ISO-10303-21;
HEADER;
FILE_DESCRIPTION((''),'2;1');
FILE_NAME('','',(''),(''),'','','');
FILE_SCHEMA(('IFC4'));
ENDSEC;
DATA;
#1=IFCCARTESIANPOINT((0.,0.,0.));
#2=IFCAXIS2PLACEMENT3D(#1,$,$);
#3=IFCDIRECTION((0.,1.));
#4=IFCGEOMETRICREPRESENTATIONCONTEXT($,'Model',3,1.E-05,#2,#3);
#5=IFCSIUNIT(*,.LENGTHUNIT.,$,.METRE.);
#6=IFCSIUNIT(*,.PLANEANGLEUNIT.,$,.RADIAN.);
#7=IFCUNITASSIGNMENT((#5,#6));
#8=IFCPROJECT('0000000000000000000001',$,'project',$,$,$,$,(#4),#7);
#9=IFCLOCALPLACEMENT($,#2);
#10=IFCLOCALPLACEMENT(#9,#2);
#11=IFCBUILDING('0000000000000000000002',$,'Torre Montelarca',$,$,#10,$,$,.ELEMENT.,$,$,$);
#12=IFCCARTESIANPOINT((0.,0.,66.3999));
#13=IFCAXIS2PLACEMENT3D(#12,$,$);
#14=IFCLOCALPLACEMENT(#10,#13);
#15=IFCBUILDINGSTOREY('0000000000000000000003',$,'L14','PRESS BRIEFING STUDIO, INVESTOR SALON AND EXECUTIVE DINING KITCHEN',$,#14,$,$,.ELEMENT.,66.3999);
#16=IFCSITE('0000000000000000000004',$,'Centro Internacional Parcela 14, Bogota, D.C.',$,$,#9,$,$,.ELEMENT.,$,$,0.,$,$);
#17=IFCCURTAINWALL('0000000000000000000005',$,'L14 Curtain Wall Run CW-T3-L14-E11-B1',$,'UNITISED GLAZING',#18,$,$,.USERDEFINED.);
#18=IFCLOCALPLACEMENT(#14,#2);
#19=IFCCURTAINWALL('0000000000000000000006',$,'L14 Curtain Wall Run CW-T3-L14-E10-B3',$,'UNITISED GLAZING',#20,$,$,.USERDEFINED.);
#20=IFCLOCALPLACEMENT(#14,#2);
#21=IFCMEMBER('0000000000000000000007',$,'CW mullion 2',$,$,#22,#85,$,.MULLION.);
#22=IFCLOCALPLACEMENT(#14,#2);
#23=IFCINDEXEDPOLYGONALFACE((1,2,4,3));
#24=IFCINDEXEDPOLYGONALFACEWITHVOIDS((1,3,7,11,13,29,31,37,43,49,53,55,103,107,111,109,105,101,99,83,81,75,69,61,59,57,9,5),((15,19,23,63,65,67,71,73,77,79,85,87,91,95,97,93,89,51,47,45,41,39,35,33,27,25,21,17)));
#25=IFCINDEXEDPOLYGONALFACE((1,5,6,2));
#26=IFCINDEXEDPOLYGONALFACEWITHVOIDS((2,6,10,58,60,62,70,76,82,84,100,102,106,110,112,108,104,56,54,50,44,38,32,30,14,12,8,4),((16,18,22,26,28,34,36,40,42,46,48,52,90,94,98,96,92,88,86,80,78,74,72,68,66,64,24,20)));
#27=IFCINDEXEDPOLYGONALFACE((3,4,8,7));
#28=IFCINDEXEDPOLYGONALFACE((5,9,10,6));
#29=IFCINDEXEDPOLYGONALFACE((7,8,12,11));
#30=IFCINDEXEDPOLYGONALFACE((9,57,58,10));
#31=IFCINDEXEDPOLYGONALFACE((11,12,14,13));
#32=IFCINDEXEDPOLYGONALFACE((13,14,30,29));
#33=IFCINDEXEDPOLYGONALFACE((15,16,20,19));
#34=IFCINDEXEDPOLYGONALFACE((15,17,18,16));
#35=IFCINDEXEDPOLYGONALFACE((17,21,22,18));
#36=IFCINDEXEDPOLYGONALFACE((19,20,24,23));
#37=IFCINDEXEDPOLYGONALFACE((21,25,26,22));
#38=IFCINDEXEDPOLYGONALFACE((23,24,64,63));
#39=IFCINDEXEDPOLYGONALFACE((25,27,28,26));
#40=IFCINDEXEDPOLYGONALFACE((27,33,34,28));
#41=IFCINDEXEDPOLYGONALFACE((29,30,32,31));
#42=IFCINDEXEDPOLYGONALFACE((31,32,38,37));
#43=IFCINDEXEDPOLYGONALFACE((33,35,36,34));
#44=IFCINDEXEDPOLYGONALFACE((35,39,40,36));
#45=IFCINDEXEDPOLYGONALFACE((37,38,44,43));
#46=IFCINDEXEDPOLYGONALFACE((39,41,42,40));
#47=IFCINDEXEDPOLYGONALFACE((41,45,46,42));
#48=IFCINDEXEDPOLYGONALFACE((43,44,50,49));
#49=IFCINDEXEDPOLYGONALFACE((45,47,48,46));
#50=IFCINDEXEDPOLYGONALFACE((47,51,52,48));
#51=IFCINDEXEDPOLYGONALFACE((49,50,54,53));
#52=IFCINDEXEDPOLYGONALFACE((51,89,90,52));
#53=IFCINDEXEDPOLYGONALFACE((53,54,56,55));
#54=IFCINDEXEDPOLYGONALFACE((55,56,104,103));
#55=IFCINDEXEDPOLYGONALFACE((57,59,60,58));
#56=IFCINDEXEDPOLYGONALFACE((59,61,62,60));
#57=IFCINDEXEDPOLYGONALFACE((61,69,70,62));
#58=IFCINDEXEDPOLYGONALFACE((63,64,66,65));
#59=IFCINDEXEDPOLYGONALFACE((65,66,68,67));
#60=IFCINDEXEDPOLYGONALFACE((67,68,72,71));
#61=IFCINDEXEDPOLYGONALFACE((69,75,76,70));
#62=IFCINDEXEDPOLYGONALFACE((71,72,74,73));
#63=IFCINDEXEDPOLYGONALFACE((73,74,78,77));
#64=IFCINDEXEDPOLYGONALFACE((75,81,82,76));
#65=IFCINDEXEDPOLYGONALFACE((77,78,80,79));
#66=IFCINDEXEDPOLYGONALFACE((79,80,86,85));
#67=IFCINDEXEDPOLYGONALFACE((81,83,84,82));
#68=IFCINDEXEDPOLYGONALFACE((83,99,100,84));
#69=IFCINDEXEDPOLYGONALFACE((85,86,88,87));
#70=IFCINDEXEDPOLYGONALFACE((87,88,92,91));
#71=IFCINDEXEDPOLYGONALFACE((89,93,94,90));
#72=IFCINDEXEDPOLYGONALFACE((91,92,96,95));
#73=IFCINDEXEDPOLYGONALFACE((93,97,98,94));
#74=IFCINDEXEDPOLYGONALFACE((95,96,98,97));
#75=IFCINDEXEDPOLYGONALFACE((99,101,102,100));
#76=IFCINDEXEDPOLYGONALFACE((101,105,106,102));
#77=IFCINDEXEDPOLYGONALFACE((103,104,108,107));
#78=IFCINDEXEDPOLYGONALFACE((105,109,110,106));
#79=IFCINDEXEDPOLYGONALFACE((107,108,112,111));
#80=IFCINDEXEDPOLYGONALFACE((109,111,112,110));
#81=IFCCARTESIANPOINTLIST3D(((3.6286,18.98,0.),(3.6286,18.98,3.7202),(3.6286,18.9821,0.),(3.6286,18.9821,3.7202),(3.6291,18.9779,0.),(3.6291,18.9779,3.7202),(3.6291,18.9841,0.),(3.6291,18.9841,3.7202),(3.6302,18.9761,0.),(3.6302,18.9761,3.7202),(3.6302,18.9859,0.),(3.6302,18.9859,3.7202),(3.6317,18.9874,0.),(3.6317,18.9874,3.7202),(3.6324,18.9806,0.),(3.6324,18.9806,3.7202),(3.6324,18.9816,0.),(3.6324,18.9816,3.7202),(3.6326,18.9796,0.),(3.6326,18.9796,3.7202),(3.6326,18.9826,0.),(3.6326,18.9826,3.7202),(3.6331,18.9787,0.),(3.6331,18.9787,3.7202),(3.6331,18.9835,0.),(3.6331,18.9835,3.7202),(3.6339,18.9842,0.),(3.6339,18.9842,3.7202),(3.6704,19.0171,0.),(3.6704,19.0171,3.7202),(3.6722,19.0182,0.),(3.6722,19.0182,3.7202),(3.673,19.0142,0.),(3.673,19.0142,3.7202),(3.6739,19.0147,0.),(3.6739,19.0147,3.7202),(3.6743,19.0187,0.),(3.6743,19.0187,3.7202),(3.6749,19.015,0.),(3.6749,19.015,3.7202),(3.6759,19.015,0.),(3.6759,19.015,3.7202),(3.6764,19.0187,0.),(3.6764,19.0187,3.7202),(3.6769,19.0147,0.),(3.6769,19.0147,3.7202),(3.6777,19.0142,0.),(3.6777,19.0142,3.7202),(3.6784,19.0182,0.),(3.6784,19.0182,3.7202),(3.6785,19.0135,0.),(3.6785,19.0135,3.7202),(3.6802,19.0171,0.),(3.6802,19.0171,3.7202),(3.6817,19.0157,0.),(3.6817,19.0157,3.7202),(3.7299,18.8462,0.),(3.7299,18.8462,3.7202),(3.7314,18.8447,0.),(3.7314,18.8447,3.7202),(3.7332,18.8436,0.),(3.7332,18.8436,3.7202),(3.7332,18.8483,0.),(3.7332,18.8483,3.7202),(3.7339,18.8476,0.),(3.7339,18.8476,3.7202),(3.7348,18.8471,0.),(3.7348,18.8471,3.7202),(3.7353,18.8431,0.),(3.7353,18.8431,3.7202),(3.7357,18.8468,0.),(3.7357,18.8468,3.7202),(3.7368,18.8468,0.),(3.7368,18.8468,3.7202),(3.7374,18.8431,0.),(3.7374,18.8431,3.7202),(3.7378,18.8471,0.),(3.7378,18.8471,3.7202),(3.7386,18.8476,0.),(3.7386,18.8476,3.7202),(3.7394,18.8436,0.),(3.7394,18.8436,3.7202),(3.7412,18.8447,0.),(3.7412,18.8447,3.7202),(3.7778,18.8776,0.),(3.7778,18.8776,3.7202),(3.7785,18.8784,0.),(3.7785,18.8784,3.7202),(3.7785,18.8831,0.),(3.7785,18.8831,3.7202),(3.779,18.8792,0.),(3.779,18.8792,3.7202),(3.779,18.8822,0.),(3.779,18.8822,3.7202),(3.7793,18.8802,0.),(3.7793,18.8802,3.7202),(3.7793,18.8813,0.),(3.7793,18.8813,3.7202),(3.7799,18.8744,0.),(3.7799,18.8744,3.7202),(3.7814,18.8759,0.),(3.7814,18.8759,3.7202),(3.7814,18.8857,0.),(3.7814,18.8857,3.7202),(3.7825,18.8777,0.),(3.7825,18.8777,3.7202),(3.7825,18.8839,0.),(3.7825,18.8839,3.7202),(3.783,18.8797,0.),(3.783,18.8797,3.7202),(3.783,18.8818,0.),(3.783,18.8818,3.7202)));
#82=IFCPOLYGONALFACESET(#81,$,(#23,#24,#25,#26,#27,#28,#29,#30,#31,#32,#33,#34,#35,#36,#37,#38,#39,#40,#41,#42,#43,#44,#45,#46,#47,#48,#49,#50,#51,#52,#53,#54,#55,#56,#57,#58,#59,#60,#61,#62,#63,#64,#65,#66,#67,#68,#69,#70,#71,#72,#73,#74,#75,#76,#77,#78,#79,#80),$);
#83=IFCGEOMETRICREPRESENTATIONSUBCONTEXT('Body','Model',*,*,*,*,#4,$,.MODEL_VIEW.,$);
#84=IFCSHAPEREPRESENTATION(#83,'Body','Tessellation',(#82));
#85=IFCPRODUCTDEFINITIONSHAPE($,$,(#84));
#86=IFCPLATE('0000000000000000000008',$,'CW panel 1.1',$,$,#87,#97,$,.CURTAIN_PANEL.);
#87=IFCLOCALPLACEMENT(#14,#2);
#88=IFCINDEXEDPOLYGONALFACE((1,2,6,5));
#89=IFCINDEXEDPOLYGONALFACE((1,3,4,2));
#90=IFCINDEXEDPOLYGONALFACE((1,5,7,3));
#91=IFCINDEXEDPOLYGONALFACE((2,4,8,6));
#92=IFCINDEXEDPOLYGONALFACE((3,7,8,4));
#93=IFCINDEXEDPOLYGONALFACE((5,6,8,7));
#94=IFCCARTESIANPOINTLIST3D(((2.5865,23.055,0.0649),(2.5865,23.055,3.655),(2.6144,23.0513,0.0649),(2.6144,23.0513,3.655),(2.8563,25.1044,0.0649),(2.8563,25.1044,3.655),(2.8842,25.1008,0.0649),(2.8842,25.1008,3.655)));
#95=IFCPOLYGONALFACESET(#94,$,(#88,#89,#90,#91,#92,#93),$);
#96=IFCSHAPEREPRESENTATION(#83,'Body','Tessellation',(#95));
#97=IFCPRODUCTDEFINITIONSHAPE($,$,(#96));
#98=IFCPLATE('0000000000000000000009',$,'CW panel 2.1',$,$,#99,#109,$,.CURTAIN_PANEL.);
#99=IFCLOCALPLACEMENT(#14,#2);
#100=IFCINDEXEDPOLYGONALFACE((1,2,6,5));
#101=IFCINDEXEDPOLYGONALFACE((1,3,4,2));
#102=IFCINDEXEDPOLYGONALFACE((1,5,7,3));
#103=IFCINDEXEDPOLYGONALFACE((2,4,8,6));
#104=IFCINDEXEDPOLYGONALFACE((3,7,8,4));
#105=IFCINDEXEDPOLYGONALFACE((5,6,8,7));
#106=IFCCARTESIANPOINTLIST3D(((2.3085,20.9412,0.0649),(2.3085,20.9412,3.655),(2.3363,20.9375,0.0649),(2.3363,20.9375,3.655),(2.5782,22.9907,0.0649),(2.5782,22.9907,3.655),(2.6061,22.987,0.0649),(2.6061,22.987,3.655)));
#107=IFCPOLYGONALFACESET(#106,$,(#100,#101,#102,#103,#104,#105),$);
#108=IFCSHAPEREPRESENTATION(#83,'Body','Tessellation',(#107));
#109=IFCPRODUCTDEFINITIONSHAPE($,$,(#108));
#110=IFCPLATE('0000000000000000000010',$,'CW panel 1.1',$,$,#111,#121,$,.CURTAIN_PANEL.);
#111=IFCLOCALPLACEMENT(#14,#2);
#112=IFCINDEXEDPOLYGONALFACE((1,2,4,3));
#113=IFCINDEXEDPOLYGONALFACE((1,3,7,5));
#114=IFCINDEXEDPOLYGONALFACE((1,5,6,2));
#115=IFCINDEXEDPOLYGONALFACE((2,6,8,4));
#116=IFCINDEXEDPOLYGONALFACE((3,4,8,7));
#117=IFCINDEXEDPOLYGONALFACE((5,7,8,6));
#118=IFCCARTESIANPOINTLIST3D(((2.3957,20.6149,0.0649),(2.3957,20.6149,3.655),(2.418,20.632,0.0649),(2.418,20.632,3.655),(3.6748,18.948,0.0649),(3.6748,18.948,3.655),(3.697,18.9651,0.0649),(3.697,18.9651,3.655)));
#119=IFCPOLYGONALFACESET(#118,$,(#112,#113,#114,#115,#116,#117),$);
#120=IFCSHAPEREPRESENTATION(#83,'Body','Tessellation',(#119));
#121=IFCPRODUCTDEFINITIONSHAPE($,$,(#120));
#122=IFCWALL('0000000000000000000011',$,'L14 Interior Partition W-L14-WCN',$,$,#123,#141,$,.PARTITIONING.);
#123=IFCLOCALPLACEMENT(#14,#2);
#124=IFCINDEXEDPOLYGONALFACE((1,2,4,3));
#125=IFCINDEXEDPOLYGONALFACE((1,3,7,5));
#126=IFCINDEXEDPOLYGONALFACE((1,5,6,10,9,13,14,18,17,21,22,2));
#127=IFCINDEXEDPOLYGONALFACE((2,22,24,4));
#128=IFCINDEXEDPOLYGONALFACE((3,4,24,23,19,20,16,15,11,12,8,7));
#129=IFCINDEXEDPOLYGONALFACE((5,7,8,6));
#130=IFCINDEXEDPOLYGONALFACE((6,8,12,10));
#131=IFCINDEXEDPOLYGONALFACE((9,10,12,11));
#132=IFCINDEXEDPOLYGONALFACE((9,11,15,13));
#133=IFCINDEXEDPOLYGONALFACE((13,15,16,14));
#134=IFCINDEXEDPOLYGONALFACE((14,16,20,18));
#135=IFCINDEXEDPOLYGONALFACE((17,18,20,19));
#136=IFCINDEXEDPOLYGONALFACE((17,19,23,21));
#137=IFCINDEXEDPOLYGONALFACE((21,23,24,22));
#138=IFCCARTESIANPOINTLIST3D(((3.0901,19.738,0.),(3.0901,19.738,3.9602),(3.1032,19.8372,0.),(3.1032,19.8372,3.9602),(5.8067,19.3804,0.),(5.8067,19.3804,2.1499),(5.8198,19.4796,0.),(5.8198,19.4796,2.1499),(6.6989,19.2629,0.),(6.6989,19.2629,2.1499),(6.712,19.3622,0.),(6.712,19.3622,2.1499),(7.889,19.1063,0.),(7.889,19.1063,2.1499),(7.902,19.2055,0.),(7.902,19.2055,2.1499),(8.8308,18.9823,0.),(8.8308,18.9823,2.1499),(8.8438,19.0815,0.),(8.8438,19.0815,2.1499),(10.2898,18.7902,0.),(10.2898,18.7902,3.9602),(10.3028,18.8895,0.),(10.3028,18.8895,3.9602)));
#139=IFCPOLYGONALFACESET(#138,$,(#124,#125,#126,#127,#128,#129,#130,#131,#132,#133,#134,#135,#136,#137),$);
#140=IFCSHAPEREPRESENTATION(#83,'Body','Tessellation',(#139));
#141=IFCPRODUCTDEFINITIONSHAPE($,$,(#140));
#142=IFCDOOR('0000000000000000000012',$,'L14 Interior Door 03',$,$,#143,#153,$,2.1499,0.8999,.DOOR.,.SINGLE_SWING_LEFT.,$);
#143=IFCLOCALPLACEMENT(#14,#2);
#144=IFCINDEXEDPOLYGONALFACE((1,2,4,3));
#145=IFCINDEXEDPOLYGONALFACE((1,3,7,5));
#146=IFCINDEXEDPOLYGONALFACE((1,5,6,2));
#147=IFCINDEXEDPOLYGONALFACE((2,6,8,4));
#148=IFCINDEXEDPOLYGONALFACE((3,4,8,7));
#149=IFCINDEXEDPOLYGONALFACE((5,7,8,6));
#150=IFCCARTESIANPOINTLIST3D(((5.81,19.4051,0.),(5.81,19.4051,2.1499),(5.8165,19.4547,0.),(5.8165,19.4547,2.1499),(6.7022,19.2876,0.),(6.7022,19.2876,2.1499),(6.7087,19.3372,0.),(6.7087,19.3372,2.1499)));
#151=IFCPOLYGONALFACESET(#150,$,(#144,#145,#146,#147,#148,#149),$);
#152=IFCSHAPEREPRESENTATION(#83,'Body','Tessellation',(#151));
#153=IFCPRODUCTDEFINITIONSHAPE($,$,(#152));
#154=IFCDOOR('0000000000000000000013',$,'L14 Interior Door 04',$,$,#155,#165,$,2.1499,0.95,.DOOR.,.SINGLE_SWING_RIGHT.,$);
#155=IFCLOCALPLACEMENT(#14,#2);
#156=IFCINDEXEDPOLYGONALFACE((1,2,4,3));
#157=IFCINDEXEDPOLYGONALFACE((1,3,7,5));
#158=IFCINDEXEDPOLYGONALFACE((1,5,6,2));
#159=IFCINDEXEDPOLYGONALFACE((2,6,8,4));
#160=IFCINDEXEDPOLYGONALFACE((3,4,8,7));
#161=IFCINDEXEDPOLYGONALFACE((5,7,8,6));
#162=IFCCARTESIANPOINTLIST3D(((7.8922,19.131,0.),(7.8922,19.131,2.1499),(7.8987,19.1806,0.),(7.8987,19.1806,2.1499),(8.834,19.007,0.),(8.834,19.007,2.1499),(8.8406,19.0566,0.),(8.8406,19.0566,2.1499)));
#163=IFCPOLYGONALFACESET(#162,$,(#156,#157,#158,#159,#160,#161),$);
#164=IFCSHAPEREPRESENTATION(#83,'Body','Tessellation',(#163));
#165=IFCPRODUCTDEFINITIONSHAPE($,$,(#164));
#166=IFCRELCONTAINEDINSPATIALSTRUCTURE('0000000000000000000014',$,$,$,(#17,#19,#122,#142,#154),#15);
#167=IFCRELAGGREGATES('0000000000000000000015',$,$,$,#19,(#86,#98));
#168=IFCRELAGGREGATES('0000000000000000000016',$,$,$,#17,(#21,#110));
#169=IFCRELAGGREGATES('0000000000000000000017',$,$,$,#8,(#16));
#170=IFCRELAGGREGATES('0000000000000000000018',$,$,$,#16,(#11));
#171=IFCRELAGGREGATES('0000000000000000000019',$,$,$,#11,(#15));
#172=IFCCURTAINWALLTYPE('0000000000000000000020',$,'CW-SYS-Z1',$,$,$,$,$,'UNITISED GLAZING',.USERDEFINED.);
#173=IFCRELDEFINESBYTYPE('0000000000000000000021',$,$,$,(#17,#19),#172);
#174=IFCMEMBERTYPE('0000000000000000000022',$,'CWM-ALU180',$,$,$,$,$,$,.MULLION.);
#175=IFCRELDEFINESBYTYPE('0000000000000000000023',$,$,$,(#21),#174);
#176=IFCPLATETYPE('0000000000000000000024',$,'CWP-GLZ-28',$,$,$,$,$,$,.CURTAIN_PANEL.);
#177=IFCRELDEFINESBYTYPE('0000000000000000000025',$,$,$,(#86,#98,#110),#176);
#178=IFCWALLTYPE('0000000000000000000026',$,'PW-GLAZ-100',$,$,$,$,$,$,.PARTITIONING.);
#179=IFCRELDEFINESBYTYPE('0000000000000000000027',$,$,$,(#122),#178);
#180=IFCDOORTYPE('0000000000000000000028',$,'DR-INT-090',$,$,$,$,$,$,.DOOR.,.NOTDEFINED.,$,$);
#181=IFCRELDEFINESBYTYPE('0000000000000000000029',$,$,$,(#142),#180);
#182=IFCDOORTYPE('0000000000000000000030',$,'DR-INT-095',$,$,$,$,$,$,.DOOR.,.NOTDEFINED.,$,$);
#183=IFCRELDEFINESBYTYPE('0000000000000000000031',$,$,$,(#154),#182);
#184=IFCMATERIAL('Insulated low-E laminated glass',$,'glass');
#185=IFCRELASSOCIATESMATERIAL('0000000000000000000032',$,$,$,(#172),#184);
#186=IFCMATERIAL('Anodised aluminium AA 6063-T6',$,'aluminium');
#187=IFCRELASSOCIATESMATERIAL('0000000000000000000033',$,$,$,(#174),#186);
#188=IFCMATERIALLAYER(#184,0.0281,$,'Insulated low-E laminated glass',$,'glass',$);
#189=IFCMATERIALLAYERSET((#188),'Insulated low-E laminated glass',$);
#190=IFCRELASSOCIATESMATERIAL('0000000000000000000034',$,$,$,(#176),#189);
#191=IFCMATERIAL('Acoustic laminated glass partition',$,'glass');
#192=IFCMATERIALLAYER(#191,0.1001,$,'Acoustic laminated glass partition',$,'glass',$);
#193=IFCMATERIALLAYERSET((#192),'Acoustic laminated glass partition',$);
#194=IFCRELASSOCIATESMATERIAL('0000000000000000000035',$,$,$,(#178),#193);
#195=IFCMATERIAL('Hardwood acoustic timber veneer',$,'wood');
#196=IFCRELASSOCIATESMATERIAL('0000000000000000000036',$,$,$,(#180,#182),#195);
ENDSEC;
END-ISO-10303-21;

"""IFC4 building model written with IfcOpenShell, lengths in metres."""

from ifc_helpers import new_model, si_unit, direction, frame, frame_2d, origin, origin_2d, place, context, subcontext, project, spatial, rectangle, hollow_rectangle, extrude, source, transform, mapped, material, layer, layer_set, material_profile, profile_set, type_object, element, fill, aggregate, save


model = new_model("IFC4")

# Units and contexts
model_context = context("Model", 3, precision=1e-05, world=origin(), true_north=direction((0.0, 1.0)))
body_context = subcontext(model_context, "Body", "Model", "MODEL_VIEW")
ifc_project = project(units=[si_unit("LENGTHUNIT", "METRE"), si_unit("PLANEANGLEUNIT", "RADIAN")], contexts=[model_context])

# Site, building, storey
site_placement = place(None, origin())
site = spatial("IfcSite", under=ifc_project, at=site_placement, Name="Centro Internacional Parcela 14, Bogota, D.C.", CompositionType="ELEMENT", RefElevation=0.0)
building_placement = place(site_placement, origin())
building = spatial("IfcBuilding", under=site, at=building_placement, Name="Torre Montelarca", CompositionType="ELEMENT")
storey_placement = place(building_placement, frame((0.0, 0.0, 66.3999)))
storey = spatial("IfcBuildingStorey", under=building, at=storey_placement, Name="L14", Description="PRESS BRIEFING STUDIO, INVESTOR SALON AND EXECUTIVE DINING KITCHEN", CompositionType="ELEMENT", Elevation=66.3999)

# Curtain walls
ifc_material_1 = material(Name="Insulated low-E laminated glass", Category="glass")
curtain_wall_type = type_object("IfcCurtainWallType", Name="CW-SYS-Z1", ElementType="UNITISED GLAZING", PredefinedType="USERDEFINED", material=ifc_material_1)
curtain_wall_1_placement = place(storey_placement, origin())
curtain_wall_1 = element("IfcCurtainWall", 1, at=curtain_wall_1_placement, inside=storey, type_object=curtain_wall_type, Name="L14 Curtain Wall Run CW-T3-L14-E11-B1", ObjectType="UNITISED GLAZING", PredefinedType="USERDEFINED")
ifc_material_2 = material(Name="Anodised aluminium AA 6063-T6", Category="aluminium")
curtain_wall_2_placement = place(storey_placement, origin())
curtain_wall_2 = element("IfcCurtainWall", 2, at=curtain_wall_2_placement, inside=storey, type_object=curtain_wall_type, Name="L14 Curtain Wall Run CW-T3-L14-E10-B3", ObjectType="UNITISED GLAZING", PredefinedType="USERDEFINED")
ifc_material_profile_1 = material_profile(ifc_material_2, hollow_rectangle(XDim=0.0649, YDim=0.1799, WallThickness=0.0039, InnerFilletRadius=0.0039, OuterFilletRadius=0.0081, at=origin_2d()), Name="ALU65X180X4", Category="aluminium")
ifc_profile_set_1 = profile_set([ifc_material_profile_1], Name="Anodised aluminium AA 6063-T6")
member_type_1 = type_object("IfcMemberType", Name="CWM-ALU180", PredefinedType="MULLION", material=ifc_profile_set_1)
shared_shape_1 = source(origin(), body_context, "Body", "SweptSolid", [
    extrude(hollow_rectangle(XDim=0.0649, YDim=0.1799, WallThickness=0.0039, InnerFilletRadius=0.0039, OuterFilletRadius=0.0081, at=origin_2d()), origin(), (0.0, 0.0, 1.0), 3.7202),
])

# Member
member_1_placement = place(storey_placement, frame((3.7058, 18.9309, 0.0), z_axis=(0.0, 0.0, 1.0), x_axis=(0.793356, 0.608759, 0.0)))
member_1 = element("IfcMember", 3, at=member_1_placement, type_object=member_type_1, Name="CW mullion 2", PredefinedType="MULLION", context=body_context, shape_type="MappedRepresentation", body=[
    mapped(shared_shape_1, transform((0.0, 0.0, 0.0), scale=1.0)),
])

# Plates
ifc_layer_1 = layer(ifc_material_1, 0.0281, Name="Insulated low-E laminated glass", Category="glass")
ifc_layer_set_1 = layer_set([ifc_layer_1], Name="Insulated low-E laminated glass")
plate_type = type_object("IfcPlateType", Name="CWP-GLZ-28", PredefinedType="CURTAIN_PANEL", material=ifc_layer_set_1)
shared_shape_2 = source(origin(), body_context, "Body", "SweptSolid", [
    extrude(rectangle(XDim=2.0671, YDim=0.0281, at=origin_2d()), origin(), (0.0, 0.0, 1.0), 3.5901),
])
plate_1_placement = place(storey_placement, frame((2.7354, 24.0779, 0.0649), z_axis=(0.0, 0.0, 1.0), x_axis=(-0.130508, -0.991447, 0.0)))
plate_1 = element("IfcPlate", 4, at=plate_1_placement, type_object=plate_type, Name="CW panel 1.1", PredefinedType="CURTAIN_PANEL", context=body_context, shape_type="MappedRepresentation", body=[
    mapped(shared_shape_2, transform((0.0, 0.0, 0.0), scale=1.0)),
])
plate_2_placement = place(storey_placement, frame((2.4573, 21.9641, 0.0649), z_axis=(0.0, 0.0, 1.0), x_axis=(-0.130508, -0.991447, 0.0)))
plate_2 = element("IfcPlate", 5, at=plate_2_placement, type_object=plate_type, Name="CW panel 2.1", PredefinedType="CURTAIN_PANEL", context=body_context, shape_type="MappedRepresentation", body=[
    mapped(shared_shape_2, transform((0.0, 0.0, 0.0), scale=1.0)),
])
aggregate(curtain_wall_2, [plate_1, plate_2])
shared_shape_3 = source(origin(), body_context, "Body", "SweptSolid", [
    extrude(rectangle(XDim=2.1011, YDim=0.0281, at=origin_2d()), origin(), (0.0, 0.0, 1.0), 3.5901),
])
plate_3_placement = place(storey_placement, frame((3.0464, 19.79, 0.0649), z_axis=(0.0, 0.0, 1.0), x_axis=(0.608759, -0.793356, 0.0)))
plate_3 = element("IfcPlate", 6, at=plate_3_placement, type_object=plate_type, Name="CW panel 1.1", PredefinedType="CURTAIN_PANEL", context=body_context, shape_type="MappedRepresentation", body=[
    mapped(shared_shape_3, transform((0.0, 0.0, 0.0), scale=1.0)),
])
aggregate(curtain_wall_1, [member_1, plate_3])

# Wall, openings, doors
ifc_material_3 = material(Name="Acoustic laminated glass partition", Category="glass")
ifc_layer_2 = layer(ifc_material_3, 0.1001, Name="Acoustic laminated glass partition", Category="glass")
ifc_layer_set_2 = layer_set([ifc_layer_2], Name="Acoustic laminated glass partition")
wall_type = type_object("IfcWallType", Name="PW-GLAZ-100", PredefinedType="PARTITIONING", material=ifc_layer_set_2)
wall_placement = place(storey_placement, frame((3.0967, 19.7876, 0.0), z_axis=(0.0, 0.0, 1.0), x_axis=(0.991447, -0.130512, 0.0)))
wall = element("IfcWall", 7, at=wall_placement, inside=storey, type_object=wall_type, Name="L14 Interior Partition W-L14-WCN", PredefinedType="PARTITIONING", context=body_context, shape_type="SweptSolid", body=[
    extrude(rectangle(XDim=7.2617, YDim=0.1001, at=frame_2d((3.6309, 0.0))), origin(), (0.0, 0.0, 1.0), 3.9602),
])
opening_1_placement = place(wall_placement, frame((2.74, 0.0, 0.0)))
opening_1 = element("IfcOpeningElement", 8, at=opening_1_placement, cuts=wall, PredefinedType="OPENING", context=body_context, shape_type="SweptSolid", body=[
    extrude(rectangle(XDim=0.8999, YDim=2.1499, at=frame_2d((0.45, 1.075))), frame((0.0, 0.0601, 0.0), z_axis=(0.0, -1.0, 0.0), x_axis=(1.0, 0.0, 0.0)), (0.0, 0.0, 1.0), 0.1201),
])
opening_2_placement = place(wall_placement, frame((4.8401, 0.0, 0.0)))
opening_2 = element("IfcOpeningElement", 9, at=opening_2_placement, cuts=wall, PredefinedType="OPENING", context=body_context, shape_type="SweptSolid", body=[
    extrude(rectangle(XDim=0.95, YDim=2.1499, at=frame_2d((0.4751, 1.075))), frame((0.0, 0.0601, 0.0), z_axis=(0.0, -1.0, 0.0), x_axis=(1.0, 0.0, 0.0)), (0.0, 0.0, 1.0), 0.1201),
])
ifc_material_4 = material(Name="Hardwood acoustic timber veneer", Category="wood")
door_type_1 = type_object("IfcDoorType", Name="DR-INT-090", OperationType="NOTDEFINED", PredefinedType="DOOR", material=ifc_material_4)
shared_shape_4 = source(origin(), body_context, "Body", "SweptSolid", [
    extrude(rectangle(XDim=0.8999, YDim=2.1499, at=frame_2d((0.45, 1.075))), frame((0.0, 0.0249, 0.0), z_axis=(0.0, -1.0, 0.0), x_axis=(1.0, 0.0, 0.0)), (0.0, 0.0, 1.0), 0.05),
])
door_1_placement = place(opening_1_placement, origin())
door_1 = element("IfcDoor", 10, at=door_1_placement, inside=storey, type_object=door_type_1, Name="L14 Interior Door 03", OperationType="SINGLE_SWING_LEFT", OverallHeight=2.1499, OverallWidth=0.8999, PredefinedType="DOOR", context=body_context, shape_type="MappedRepresentation", body=[
    mapped(shared_shape_4, transform((0.0, 0.0, 0.0), scale=1.0)),
])
fill(opening_1, door_1)
door_type_2 = type_object("IfcDoorType", Name="DR-INT-095", OperationType="NOTDEFINED", PredefinedType="DOOR", material=ifc_material_4)
shared_shape_5 = source(origin(), body_context, "Body", "SweptSolid", [
    extrude(rectangle(XDim=0.95, YDim=2.1499, at=frame_2d((0.4751, 1.075))), frame((0.0, 0.0249, 0.0), z_axis=(0.0, -1.0, 0.0), x_axis=(1.0, 0.0, 0.0)), (0.0, 0.0, 1.0), 0.05),
])
door_2_placement = place(opening_2_placement, origin())
door_2 = element("IfcDoor", 11, at=door_2_placement, inside=storey, type_object=door_type_2, Name="L14 Interior Door 04", OperationType="SINGLE_SWING_RIGHT", OverallHeight=2.1499, OverallWidth=0.95, PredefinedType="DOOR", context=body_context, shape_type="MappedRepresentation", body=[
    mapped(shared_shape_5, transform((0.0, 0.0, 0.0), scale=1.0)),
])
fill(opening_2, door_2)

save(model, "model.ifc")
